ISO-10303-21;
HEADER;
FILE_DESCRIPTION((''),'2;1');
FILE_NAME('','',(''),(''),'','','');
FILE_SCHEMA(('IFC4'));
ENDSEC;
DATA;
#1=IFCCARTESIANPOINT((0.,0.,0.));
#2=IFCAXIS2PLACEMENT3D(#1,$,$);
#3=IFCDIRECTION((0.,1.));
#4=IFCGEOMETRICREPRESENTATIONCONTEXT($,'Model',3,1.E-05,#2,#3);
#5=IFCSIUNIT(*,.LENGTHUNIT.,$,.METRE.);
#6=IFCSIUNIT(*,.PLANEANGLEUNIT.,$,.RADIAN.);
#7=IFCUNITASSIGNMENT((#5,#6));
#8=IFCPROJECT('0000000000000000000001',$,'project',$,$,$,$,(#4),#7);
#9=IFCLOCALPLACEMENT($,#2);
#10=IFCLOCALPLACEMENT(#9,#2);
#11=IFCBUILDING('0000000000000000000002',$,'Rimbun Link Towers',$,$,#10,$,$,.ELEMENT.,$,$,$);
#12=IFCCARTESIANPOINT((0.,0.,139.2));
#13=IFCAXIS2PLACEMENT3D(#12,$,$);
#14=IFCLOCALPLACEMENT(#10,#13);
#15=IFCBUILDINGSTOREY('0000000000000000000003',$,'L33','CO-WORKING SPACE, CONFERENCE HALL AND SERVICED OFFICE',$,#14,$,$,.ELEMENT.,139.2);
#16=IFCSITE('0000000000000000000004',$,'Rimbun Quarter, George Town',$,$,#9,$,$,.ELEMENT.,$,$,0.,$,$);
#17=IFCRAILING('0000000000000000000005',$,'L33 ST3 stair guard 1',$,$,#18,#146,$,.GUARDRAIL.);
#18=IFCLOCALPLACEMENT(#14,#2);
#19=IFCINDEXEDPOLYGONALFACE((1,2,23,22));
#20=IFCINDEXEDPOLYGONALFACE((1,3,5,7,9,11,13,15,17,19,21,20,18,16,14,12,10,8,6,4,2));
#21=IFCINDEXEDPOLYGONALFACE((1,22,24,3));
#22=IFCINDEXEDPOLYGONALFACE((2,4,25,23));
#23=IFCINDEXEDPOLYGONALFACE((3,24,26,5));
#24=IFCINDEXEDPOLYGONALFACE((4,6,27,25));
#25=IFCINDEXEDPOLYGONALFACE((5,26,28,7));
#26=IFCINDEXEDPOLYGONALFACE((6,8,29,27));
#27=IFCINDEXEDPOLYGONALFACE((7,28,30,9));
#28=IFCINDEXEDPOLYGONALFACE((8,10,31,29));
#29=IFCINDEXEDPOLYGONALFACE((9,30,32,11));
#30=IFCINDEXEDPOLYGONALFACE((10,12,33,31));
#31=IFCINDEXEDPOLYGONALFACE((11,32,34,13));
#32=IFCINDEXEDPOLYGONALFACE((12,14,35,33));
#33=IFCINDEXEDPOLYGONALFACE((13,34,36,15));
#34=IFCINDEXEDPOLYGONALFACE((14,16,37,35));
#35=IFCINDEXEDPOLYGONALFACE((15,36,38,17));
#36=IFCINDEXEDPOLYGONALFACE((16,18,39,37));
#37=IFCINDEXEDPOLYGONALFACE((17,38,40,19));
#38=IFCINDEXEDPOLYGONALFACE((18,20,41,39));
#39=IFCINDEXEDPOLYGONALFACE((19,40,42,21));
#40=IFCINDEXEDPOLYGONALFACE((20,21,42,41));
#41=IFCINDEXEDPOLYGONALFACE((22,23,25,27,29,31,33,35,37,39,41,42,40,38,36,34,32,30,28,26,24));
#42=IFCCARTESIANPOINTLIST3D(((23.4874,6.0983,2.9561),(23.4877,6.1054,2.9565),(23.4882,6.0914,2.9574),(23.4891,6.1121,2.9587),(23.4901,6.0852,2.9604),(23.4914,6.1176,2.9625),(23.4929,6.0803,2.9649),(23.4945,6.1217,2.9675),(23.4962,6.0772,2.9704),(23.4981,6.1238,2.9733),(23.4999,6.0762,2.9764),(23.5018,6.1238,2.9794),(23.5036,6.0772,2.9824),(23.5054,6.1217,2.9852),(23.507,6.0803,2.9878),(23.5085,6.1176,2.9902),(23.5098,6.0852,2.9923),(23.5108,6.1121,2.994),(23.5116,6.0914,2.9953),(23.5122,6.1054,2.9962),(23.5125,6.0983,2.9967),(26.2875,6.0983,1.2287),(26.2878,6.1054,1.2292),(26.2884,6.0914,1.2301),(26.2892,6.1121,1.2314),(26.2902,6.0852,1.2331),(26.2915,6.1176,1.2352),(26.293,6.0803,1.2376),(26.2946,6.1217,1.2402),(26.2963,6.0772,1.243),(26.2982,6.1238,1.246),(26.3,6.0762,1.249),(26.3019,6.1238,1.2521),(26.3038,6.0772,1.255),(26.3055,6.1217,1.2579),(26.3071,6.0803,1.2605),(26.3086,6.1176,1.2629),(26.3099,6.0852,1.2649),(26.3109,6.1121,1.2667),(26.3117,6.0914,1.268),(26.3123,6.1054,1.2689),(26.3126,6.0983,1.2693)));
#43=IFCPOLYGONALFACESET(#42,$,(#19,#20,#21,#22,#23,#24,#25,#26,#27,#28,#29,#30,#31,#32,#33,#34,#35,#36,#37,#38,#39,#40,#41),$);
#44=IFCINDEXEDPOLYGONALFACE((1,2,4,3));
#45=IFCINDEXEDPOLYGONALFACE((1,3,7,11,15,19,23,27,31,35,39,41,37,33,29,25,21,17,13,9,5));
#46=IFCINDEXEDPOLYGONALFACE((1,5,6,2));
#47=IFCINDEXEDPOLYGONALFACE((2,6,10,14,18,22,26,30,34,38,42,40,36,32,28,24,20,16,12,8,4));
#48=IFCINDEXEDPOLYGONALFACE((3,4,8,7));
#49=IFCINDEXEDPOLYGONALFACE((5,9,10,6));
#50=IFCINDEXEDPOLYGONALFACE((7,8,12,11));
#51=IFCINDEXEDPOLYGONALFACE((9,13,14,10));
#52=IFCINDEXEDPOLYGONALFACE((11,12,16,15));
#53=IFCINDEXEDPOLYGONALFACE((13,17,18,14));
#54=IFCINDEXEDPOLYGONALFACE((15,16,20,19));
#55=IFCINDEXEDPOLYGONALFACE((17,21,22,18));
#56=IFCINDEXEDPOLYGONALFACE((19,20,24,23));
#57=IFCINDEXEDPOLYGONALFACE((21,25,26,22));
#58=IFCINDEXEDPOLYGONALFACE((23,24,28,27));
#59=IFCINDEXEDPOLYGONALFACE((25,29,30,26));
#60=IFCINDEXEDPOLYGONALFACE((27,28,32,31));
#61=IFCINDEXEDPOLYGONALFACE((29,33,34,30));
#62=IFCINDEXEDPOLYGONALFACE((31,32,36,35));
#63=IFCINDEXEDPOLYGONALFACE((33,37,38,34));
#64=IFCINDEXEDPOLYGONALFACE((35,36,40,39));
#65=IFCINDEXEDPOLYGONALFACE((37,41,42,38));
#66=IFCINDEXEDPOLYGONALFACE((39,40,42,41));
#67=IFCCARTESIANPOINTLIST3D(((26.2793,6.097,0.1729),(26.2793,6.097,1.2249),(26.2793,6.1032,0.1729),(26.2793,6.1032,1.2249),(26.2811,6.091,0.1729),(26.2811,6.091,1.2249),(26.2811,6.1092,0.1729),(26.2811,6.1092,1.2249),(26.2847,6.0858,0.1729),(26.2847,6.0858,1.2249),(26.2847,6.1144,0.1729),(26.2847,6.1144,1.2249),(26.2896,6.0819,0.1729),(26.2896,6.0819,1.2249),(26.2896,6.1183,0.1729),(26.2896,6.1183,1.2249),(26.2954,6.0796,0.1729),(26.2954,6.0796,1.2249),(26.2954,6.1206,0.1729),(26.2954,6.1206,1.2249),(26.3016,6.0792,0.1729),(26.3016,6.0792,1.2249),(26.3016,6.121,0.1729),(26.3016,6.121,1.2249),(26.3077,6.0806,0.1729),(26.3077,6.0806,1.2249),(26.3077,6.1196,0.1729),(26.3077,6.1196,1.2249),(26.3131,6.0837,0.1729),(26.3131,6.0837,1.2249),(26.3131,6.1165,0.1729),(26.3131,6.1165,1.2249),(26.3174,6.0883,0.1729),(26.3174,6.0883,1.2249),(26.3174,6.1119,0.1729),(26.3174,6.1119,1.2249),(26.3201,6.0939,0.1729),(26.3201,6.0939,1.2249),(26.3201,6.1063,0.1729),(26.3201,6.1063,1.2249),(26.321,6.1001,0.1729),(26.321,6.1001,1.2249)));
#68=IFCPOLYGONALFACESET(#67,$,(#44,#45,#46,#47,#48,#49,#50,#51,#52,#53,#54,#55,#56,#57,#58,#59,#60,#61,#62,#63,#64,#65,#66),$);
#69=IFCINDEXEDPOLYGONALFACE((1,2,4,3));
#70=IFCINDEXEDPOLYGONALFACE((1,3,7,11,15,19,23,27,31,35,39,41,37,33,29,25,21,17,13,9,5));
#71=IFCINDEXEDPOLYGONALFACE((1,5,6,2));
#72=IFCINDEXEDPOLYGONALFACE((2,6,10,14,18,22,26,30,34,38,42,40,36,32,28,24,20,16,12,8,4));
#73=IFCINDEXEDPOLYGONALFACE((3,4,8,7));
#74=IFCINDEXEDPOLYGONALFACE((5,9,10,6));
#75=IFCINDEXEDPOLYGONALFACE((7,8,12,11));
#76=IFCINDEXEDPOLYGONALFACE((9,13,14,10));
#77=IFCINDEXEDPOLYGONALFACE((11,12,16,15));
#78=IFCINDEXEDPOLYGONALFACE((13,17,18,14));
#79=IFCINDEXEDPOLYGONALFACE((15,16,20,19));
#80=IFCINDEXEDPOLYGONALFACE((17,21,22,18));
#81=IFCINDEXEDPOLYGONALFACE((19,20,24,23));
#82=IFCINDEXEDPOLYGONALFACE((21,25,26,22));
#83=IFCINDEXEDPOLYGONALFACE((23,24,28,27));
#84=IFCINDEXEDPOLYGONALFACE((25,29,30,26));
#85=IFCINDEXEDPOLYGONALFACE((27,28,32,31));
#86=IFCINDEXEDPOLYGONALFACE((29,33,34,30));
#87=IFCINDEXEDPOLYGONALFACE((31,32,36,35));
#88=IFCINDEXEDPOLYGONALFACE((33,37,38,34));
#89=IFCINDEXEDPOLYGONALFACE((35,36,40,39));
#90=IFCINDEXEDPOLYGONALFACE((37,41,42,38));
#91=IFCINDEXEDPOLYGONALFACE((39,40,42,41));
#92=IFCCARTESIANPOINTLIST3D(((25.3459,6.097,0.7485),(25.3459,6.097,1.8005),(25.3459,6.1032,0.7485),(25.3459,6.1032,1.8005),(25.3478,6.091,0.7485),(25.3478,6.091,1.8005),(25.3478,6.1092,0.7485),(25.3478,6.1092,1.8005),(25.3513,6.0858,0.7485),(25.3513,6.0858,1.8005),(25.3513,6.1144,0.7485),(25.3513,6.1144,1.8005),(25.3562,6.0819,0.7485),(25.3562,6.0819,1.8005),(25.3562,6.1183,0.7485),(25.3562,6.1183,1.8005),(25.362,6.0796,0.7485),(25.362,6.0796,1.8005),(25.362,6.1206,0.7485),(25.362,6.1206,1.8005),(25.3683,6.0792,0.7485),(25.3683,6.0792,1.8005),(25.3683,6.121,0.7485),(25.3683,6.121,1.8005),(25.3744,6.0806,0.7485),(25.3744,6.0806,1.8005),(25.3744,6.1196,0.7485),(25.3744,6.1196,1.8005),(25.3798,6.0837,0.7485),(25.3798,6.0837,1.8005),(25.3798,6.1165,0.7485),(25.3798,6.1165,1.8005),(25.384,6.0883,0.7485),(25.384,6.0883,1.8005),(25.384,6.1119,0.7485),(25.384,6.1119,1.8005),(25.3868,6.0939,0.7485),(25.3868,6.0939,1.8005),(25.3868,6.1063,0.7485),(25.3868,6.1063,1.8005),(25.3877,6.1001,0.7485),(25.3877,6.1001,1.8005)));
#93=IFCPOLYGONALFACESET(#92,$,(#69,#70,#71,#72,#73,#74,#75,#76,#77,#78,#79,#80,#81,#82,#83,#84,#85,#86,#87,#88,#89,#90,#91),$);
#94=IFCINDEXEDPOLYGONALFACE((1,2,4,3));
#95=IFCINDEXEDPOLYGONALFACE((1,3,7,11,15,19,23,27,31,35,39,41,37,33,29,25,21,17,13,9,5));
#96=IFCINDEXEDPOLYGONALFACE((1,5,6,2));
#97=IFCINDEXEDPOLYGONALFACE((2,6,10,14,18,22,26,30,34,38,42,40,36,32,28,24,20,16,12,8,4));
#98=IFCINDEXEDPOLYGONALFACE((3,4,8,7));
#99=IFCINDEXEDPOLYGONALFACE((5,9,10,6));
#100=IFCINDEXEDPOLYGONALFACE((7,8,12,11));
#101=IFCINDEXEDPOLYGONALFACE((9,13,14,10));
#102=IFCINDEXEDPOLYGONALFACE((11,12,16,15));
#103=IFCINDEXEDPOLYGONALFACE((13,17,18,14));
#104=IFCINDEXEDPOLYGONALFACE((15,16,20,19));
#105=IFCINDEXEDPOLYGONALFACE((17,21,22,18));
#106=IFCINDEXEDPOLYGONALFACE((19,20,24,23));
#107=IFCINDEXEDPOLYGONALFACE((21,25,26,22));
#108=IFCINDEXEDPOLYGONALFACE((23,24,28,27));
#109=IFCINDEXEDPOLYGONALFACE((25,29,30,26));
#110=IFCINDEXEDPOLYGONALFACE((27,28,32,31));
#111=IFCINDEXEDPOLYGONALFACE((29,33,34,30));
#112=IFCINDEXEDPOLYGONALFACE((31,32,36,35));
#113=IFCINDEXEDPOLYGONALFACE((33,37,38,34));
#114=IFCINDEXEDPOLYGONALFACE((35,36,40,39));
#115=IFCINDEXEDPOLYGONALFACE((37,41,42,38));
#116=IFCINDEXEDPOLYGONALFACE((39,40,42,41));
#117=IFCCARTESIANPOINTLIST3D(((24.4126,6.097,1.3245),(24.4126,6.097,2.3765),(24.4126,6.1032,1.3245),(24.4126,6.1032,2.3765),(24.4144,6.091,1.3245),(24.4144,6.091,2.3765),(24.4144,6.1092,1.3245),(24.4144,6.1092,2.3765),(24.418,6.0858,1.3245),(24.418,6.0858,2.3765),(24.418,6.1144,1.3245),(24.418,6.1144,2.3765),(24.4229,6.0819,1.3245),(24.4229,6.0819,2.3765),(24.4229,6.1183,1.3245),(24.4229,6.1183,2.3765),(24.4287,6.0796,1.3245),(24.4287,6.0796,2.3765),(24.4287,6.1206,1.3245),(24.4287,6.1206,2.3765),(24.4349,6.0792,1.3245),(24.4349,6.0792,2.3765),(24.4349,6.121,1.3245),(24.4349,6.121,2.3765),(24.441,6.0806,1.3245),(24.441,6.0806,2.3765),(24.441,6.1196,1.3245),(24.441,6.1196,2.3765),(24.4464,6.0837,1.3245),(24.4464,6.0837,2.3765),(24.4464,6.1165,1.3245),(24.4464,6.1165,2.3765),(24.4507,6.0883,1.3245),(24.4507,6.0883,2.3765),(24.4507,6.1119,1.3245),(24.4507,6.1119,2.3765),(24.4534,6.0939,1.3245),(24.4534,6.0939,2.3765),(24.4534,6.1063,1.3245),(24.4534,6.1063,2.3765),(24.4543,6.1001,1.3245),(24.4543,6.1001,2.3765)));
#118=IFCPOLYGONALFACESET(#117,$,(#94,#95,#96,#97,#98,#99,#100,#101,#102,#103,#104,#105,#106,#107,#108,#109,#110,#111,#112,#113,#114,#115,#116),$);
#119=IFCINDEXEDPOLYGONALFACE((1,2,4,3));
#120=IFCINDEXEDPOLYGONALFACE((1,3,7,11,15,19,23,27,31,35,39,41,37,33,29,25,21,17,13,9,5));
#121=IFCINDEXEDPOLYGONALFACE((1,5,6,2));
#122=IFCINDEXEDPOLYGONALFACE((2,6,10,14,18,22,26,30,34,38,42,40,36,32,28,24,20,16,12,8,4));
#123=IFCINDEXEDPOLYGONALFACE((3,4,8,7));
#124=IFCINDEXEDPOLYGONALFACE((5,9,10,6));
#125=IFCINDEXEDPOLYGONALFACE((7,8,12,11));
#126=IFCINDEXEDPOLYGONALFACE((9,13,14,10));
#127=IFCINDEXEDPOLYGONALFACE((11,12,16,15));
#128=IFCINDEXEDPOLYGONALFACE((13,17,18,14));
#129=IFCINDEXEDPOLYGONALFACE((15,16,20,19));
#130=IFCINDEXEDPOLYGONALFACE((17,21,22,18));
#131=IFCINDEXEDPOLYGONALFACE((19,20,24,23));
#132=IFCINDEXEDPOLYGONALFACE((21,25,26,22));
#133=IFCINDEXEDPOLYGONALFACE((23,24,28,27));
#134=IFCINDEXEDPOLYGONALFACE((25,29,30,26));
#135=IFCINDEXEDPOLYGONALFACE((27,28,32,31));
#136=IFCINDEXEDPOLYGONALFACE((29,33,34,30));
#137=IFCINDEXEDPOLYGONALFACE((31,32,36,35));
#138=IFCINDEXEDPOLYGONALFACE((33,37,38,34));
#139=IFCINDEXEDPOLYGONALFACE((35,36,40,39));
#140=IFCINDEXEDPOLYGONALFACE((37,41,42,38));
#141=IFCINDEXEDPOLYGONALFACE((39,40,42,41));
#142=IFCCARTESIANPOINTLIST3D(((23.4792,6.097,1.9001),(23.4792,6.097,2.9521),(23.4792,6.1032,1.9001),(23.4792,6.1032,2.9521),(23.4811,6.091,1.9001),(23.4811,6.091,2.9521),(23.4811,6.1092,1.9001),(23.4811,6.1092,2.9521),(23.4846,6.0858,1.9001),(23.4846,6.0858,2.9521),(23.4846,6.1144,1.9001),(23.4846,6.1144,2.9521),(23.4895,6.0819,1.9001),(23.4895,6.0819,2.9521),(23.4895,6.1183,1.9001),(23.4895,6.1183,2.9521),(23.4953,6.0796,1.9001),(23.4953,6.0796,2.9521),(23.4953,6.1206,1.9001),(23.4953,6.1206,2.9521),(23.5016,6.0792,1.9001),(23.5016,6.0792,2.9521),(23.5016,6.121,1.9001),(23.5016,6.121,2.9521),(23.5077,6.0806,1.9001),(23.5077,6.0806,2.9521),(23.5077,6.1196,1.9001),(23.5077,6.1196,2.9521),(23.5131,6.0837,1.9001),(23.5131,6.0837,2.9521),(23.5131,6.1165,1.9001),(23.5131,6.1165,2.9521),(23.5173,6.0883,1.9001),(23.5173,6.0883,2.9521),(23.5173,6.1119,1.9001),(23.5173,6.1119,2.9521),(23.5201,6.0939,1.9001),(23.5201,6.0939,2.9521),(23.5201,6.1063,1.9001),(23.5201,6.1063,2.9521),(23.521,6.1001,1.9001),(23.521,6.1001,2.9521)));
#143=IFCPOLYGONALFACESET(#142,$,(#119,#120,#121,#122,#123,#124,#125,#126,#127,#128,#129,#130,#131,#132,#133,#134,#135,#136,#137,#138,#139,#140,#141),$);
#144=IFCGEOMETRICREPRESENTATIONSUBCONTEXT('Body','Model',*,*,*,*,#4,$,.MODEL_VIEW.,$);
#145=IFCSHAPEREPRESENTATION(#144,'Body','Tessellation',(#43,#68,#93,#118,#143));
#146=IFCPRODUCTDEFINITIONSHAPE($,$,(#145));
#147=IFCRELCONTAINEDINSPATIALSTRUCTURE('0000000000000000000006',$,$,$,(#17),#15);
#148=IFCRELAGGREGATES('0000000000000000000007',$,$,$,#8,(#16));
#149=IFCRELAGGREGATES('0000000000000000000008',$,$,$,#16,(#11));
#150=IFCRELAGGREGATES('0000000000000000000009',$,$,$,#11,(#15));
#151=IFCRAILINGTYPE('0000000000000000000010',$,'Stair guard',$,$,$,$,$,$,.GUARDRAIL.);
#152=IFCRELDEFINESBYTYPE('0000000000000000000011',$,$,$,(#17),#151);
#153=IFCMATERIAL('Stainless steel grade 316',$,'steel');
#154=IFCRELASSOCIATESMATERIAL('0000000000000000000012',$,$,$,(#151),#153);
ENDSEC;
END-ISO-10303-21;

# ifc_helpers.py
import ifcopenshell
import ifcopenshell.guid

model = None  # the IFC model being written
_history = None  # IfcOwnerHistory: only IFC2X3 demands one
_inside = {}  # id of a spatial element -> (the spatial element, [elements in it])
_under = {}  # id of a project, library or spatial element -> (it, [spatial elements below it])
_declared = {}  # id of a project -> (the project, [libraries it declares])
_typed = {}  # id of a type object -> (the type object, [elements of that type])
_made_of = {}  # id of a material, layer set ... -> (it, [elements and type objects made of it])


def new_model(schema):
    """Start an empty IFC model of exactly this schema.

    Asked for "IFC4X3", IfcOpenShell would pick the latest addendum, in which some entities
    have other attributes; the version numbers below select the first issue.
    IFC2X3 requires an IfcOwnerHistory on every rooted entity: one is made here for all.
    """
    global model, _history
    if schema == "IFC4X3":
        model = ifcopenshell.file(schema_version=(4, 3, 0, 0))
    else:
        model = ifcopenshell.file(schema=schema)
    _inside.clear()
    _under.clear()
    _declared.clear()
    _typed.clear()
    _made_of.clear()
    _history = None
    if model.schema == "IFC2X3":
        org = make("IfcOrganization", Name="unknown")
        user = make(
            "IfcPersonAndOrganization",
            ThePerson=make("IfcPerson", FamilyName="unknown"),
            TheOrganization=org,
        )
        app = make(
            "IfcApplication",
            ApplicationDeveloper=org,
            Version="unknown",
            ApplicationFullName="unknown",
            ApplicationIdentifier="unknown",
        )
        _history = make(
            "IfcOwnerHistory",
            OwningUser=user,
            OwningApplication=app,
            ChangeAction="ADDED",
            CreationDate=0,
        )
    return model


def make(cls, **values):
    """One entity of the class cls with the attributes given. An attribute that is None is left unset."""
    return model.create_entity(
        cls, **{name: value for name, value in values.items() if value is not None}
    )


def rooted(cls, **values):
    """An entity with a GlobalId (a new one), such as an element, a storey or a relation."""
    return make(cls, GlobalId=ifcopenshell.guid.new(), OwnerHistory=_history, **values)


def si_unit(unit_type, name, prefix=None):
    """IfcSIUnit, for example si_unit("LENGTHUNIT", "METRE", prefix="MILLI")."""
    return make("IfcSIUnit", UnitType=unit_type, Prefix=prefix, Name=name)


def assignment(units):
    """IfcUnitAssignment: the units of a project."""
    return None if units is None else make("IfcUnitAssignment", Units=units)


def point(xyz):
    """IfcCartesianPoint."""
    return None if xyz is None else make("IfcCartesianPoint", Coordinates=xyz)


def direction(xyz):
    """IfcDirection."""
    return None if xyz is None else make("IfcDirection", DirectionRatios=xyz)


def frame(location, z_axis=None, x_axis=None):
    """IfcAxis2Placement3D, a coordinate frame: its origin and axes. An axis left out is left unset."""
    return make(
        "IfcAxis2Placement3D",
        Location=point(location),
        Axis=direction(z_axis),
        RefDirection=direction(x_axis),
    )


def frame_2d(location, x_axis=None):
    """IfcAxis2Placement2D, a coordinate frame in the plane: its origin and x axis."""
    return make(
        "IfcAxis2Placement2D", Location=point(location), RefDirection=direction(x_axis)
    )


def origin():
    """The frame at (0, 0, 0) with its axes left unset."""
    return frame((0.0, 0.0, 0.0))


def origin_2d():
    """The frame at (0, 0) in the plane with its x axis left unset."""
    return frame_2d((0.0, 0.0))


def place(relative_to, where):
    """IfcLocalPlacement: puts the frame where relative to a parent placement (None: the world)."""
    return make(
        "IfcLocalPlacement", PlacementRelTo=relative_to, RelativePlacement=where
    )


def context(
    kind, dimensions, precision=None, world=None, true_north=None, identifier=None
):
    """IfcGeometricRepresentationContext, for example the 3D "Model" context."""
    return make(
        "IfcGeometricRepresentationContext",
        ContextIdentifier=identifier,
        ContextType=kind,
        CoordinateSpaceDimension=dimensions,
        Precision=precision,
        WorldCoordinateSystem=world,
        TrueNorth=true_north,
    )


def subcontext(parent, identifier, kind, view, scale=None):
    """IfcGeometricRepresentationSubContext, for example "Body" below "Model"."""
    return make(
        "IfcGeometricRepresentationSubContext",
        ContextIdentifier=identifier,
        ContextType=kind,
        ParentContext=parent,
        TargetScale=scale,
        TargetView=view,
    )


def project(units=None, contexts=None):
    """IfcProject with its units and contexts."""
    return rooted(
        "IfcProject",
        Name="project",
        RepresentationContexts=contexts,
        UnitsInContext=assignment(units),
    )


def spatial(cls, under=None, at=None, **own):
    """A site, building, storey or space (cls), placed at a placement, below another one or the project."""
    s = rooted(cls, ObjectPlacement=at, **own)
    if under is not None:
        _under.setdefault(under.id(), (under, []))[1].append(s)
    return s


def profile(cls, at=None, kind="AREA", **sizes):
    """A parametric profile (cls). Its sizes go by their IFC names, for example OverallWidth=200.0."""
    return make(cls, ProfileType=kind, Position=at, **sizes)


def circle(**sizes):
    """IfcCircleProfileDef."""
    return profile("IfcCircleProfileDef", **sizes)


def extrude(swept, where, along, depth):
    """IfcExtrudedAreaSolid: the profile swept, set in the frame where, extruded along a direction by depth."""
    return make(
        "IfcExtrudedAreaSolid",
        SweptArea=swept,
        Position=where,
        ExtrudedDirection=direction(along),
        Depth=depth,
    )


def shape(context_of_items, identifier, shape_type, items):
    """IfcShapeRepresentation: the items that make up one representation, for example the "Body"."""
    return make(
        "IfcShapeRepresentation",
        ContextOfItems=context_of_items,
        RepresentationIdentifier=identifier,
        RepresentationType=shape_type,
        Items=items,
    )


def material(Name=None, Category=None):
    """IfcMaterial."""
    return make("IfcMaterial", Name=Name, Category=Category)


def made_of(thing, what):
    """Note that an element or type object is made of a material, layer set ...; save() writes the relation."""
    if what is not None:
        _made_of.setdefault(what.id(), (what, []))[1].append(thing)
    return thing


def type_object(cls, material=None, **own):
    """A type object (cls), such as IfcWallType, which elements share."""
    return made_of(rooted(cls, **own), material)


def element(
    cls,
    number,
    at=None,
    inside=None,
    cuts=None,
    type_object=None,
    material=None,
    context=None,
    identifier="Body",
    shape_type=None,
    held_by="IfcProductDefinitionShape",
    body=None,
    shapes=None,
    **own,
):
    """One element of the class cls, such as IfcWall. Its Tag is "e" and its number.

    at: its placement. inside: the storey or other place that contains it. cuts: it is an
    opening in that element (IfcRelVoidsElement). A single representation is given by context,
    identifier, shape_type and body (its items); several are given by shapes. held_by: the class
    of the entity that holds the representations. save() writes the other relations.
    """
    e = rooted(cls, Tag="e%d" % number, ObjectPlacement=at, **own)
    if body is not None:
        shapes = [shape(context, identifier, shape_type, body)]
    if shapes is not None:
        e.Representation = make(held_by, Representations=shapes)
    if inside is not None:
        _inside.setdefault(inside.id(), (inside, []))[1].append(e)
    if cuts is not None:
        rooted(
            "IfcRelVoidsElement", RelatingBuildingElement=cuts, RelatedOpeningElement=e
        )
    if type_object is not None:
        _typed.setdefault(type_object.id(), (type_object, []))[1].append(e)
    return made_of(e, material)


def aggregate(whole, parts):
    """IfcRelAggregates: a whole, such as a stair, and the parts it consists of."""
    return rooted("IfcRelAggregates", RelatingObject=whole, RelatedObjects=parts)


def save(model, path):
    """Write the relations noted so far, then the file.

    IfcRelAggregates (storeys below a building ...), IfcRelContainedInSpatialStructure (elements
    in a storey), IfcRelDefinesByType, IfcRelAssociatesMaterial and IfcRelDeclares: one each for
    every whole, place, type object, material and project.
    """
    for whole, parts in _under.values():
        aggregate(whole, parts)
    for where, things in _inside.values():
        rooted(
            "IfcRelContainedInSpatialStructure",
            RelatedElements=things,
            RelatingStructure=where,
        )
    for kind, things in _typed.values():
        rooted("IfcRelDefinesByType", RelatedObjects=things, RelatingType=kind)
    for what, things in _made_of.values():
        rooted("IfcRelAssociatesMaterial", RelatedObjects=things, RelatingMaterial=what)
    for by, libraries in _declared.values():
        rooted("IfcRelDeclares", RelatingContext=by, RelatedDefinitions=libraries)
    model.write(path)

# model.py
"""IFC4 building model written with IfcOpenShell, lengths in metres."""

from ifc_helpers import new_model, si_unit, direction, frame, origin, origin_2d, place, context, subcontext, project, spatial, circle, extrude, material, type_object, element, save


model = new_model("IFC4")

# Units and contexts
model_context = context("Model", 3, precision=1e-05, world=origin(), true_north=direction((0.0, 1.0)))
body_context = subcontext(model_context, "Body", "Model", "MODEL_VIEW")
ifc_project = project(units=[si_unit("LENGTHUNIT", "METRE"), si_unit("PLANEANGLEUNIT", "RADIAN")], contexts=[model_context])

# Site, building, storey
site_placement = place(None, origin())
site = spatial("IfcSite", under=ifc_project, at=site_placement, Name="Rimbun Quarter, George Town", CompositionType="ELEMENT", RefElevation=0.0)
building_placement = place(site_placement, origin())
building = spatial("IfcBuilding", under=site, at=building_placement, Name="Rimbun Link Towers", CompositionType="ELEMENT")
storey_placement = place(building_placement, frame((0.0, 0.0, 139.2)))
storey = spatial("IfcBuildingStorey", under=building, at=storey_placement, Name="L33", Description="CO-WORKING SPACE, CONFERENCE HALL AND SERVICED OFFICE", CompositionType="ELEMENT", Elevation=139.2)

# Railing
ifc_material_1 = material(Name="Stainless steel grade 316", Category="steel")
railing_type_1 = type_object("IfcRailingType", Name="Stair guard", PredefinedType="GUARDRAIL", material=ifc_material_1)
railing_1_placement = place(storey_placement, frame((26.3, 6.1001, 0.1729)))
element("IfcRailing", 1, at=railing_1_placement, inside=storey, type_object=railing_type_1, Name="L33 ST3 stair guard 1", PredefinedType="GUARDRAIL", context=body_context, shape_type="SweptSolid", body=[
    extrude(circle(Radius=0.0239, at=origin_2d()), frame((0.0, 0.0, 1.0762), z_axis=(-0.85109, 0.0, 0.52502), x_axis=(0.0, -1.0, 0.0)), (0.0, 0.0, 1.0), 3.29),
    extrude(circle(Radius=0.021, at=origin_2d()), origin(), (0.0, 0.0, 1.0), 1.052),
    extrude(circle(Radius=0.021, at=origin_2d()), frame((-0.9333, 0.0, 0.5757)), (0.0, 0.0, 1.0), 1.052),
    extrude(circle(Radius=0.021, at=origin_2d()), frame((-1.8667, 0.0, 1.1516)), (0.0, 0.0, 1.0), 1.052),
    extrude(circle(Radius=0.021, at=origin_2d()), frame((-2.8, 0.0, 1.7273)), (0.0, 0.0, 1.0), 1.052),
])

save(model, "model.ifc")
